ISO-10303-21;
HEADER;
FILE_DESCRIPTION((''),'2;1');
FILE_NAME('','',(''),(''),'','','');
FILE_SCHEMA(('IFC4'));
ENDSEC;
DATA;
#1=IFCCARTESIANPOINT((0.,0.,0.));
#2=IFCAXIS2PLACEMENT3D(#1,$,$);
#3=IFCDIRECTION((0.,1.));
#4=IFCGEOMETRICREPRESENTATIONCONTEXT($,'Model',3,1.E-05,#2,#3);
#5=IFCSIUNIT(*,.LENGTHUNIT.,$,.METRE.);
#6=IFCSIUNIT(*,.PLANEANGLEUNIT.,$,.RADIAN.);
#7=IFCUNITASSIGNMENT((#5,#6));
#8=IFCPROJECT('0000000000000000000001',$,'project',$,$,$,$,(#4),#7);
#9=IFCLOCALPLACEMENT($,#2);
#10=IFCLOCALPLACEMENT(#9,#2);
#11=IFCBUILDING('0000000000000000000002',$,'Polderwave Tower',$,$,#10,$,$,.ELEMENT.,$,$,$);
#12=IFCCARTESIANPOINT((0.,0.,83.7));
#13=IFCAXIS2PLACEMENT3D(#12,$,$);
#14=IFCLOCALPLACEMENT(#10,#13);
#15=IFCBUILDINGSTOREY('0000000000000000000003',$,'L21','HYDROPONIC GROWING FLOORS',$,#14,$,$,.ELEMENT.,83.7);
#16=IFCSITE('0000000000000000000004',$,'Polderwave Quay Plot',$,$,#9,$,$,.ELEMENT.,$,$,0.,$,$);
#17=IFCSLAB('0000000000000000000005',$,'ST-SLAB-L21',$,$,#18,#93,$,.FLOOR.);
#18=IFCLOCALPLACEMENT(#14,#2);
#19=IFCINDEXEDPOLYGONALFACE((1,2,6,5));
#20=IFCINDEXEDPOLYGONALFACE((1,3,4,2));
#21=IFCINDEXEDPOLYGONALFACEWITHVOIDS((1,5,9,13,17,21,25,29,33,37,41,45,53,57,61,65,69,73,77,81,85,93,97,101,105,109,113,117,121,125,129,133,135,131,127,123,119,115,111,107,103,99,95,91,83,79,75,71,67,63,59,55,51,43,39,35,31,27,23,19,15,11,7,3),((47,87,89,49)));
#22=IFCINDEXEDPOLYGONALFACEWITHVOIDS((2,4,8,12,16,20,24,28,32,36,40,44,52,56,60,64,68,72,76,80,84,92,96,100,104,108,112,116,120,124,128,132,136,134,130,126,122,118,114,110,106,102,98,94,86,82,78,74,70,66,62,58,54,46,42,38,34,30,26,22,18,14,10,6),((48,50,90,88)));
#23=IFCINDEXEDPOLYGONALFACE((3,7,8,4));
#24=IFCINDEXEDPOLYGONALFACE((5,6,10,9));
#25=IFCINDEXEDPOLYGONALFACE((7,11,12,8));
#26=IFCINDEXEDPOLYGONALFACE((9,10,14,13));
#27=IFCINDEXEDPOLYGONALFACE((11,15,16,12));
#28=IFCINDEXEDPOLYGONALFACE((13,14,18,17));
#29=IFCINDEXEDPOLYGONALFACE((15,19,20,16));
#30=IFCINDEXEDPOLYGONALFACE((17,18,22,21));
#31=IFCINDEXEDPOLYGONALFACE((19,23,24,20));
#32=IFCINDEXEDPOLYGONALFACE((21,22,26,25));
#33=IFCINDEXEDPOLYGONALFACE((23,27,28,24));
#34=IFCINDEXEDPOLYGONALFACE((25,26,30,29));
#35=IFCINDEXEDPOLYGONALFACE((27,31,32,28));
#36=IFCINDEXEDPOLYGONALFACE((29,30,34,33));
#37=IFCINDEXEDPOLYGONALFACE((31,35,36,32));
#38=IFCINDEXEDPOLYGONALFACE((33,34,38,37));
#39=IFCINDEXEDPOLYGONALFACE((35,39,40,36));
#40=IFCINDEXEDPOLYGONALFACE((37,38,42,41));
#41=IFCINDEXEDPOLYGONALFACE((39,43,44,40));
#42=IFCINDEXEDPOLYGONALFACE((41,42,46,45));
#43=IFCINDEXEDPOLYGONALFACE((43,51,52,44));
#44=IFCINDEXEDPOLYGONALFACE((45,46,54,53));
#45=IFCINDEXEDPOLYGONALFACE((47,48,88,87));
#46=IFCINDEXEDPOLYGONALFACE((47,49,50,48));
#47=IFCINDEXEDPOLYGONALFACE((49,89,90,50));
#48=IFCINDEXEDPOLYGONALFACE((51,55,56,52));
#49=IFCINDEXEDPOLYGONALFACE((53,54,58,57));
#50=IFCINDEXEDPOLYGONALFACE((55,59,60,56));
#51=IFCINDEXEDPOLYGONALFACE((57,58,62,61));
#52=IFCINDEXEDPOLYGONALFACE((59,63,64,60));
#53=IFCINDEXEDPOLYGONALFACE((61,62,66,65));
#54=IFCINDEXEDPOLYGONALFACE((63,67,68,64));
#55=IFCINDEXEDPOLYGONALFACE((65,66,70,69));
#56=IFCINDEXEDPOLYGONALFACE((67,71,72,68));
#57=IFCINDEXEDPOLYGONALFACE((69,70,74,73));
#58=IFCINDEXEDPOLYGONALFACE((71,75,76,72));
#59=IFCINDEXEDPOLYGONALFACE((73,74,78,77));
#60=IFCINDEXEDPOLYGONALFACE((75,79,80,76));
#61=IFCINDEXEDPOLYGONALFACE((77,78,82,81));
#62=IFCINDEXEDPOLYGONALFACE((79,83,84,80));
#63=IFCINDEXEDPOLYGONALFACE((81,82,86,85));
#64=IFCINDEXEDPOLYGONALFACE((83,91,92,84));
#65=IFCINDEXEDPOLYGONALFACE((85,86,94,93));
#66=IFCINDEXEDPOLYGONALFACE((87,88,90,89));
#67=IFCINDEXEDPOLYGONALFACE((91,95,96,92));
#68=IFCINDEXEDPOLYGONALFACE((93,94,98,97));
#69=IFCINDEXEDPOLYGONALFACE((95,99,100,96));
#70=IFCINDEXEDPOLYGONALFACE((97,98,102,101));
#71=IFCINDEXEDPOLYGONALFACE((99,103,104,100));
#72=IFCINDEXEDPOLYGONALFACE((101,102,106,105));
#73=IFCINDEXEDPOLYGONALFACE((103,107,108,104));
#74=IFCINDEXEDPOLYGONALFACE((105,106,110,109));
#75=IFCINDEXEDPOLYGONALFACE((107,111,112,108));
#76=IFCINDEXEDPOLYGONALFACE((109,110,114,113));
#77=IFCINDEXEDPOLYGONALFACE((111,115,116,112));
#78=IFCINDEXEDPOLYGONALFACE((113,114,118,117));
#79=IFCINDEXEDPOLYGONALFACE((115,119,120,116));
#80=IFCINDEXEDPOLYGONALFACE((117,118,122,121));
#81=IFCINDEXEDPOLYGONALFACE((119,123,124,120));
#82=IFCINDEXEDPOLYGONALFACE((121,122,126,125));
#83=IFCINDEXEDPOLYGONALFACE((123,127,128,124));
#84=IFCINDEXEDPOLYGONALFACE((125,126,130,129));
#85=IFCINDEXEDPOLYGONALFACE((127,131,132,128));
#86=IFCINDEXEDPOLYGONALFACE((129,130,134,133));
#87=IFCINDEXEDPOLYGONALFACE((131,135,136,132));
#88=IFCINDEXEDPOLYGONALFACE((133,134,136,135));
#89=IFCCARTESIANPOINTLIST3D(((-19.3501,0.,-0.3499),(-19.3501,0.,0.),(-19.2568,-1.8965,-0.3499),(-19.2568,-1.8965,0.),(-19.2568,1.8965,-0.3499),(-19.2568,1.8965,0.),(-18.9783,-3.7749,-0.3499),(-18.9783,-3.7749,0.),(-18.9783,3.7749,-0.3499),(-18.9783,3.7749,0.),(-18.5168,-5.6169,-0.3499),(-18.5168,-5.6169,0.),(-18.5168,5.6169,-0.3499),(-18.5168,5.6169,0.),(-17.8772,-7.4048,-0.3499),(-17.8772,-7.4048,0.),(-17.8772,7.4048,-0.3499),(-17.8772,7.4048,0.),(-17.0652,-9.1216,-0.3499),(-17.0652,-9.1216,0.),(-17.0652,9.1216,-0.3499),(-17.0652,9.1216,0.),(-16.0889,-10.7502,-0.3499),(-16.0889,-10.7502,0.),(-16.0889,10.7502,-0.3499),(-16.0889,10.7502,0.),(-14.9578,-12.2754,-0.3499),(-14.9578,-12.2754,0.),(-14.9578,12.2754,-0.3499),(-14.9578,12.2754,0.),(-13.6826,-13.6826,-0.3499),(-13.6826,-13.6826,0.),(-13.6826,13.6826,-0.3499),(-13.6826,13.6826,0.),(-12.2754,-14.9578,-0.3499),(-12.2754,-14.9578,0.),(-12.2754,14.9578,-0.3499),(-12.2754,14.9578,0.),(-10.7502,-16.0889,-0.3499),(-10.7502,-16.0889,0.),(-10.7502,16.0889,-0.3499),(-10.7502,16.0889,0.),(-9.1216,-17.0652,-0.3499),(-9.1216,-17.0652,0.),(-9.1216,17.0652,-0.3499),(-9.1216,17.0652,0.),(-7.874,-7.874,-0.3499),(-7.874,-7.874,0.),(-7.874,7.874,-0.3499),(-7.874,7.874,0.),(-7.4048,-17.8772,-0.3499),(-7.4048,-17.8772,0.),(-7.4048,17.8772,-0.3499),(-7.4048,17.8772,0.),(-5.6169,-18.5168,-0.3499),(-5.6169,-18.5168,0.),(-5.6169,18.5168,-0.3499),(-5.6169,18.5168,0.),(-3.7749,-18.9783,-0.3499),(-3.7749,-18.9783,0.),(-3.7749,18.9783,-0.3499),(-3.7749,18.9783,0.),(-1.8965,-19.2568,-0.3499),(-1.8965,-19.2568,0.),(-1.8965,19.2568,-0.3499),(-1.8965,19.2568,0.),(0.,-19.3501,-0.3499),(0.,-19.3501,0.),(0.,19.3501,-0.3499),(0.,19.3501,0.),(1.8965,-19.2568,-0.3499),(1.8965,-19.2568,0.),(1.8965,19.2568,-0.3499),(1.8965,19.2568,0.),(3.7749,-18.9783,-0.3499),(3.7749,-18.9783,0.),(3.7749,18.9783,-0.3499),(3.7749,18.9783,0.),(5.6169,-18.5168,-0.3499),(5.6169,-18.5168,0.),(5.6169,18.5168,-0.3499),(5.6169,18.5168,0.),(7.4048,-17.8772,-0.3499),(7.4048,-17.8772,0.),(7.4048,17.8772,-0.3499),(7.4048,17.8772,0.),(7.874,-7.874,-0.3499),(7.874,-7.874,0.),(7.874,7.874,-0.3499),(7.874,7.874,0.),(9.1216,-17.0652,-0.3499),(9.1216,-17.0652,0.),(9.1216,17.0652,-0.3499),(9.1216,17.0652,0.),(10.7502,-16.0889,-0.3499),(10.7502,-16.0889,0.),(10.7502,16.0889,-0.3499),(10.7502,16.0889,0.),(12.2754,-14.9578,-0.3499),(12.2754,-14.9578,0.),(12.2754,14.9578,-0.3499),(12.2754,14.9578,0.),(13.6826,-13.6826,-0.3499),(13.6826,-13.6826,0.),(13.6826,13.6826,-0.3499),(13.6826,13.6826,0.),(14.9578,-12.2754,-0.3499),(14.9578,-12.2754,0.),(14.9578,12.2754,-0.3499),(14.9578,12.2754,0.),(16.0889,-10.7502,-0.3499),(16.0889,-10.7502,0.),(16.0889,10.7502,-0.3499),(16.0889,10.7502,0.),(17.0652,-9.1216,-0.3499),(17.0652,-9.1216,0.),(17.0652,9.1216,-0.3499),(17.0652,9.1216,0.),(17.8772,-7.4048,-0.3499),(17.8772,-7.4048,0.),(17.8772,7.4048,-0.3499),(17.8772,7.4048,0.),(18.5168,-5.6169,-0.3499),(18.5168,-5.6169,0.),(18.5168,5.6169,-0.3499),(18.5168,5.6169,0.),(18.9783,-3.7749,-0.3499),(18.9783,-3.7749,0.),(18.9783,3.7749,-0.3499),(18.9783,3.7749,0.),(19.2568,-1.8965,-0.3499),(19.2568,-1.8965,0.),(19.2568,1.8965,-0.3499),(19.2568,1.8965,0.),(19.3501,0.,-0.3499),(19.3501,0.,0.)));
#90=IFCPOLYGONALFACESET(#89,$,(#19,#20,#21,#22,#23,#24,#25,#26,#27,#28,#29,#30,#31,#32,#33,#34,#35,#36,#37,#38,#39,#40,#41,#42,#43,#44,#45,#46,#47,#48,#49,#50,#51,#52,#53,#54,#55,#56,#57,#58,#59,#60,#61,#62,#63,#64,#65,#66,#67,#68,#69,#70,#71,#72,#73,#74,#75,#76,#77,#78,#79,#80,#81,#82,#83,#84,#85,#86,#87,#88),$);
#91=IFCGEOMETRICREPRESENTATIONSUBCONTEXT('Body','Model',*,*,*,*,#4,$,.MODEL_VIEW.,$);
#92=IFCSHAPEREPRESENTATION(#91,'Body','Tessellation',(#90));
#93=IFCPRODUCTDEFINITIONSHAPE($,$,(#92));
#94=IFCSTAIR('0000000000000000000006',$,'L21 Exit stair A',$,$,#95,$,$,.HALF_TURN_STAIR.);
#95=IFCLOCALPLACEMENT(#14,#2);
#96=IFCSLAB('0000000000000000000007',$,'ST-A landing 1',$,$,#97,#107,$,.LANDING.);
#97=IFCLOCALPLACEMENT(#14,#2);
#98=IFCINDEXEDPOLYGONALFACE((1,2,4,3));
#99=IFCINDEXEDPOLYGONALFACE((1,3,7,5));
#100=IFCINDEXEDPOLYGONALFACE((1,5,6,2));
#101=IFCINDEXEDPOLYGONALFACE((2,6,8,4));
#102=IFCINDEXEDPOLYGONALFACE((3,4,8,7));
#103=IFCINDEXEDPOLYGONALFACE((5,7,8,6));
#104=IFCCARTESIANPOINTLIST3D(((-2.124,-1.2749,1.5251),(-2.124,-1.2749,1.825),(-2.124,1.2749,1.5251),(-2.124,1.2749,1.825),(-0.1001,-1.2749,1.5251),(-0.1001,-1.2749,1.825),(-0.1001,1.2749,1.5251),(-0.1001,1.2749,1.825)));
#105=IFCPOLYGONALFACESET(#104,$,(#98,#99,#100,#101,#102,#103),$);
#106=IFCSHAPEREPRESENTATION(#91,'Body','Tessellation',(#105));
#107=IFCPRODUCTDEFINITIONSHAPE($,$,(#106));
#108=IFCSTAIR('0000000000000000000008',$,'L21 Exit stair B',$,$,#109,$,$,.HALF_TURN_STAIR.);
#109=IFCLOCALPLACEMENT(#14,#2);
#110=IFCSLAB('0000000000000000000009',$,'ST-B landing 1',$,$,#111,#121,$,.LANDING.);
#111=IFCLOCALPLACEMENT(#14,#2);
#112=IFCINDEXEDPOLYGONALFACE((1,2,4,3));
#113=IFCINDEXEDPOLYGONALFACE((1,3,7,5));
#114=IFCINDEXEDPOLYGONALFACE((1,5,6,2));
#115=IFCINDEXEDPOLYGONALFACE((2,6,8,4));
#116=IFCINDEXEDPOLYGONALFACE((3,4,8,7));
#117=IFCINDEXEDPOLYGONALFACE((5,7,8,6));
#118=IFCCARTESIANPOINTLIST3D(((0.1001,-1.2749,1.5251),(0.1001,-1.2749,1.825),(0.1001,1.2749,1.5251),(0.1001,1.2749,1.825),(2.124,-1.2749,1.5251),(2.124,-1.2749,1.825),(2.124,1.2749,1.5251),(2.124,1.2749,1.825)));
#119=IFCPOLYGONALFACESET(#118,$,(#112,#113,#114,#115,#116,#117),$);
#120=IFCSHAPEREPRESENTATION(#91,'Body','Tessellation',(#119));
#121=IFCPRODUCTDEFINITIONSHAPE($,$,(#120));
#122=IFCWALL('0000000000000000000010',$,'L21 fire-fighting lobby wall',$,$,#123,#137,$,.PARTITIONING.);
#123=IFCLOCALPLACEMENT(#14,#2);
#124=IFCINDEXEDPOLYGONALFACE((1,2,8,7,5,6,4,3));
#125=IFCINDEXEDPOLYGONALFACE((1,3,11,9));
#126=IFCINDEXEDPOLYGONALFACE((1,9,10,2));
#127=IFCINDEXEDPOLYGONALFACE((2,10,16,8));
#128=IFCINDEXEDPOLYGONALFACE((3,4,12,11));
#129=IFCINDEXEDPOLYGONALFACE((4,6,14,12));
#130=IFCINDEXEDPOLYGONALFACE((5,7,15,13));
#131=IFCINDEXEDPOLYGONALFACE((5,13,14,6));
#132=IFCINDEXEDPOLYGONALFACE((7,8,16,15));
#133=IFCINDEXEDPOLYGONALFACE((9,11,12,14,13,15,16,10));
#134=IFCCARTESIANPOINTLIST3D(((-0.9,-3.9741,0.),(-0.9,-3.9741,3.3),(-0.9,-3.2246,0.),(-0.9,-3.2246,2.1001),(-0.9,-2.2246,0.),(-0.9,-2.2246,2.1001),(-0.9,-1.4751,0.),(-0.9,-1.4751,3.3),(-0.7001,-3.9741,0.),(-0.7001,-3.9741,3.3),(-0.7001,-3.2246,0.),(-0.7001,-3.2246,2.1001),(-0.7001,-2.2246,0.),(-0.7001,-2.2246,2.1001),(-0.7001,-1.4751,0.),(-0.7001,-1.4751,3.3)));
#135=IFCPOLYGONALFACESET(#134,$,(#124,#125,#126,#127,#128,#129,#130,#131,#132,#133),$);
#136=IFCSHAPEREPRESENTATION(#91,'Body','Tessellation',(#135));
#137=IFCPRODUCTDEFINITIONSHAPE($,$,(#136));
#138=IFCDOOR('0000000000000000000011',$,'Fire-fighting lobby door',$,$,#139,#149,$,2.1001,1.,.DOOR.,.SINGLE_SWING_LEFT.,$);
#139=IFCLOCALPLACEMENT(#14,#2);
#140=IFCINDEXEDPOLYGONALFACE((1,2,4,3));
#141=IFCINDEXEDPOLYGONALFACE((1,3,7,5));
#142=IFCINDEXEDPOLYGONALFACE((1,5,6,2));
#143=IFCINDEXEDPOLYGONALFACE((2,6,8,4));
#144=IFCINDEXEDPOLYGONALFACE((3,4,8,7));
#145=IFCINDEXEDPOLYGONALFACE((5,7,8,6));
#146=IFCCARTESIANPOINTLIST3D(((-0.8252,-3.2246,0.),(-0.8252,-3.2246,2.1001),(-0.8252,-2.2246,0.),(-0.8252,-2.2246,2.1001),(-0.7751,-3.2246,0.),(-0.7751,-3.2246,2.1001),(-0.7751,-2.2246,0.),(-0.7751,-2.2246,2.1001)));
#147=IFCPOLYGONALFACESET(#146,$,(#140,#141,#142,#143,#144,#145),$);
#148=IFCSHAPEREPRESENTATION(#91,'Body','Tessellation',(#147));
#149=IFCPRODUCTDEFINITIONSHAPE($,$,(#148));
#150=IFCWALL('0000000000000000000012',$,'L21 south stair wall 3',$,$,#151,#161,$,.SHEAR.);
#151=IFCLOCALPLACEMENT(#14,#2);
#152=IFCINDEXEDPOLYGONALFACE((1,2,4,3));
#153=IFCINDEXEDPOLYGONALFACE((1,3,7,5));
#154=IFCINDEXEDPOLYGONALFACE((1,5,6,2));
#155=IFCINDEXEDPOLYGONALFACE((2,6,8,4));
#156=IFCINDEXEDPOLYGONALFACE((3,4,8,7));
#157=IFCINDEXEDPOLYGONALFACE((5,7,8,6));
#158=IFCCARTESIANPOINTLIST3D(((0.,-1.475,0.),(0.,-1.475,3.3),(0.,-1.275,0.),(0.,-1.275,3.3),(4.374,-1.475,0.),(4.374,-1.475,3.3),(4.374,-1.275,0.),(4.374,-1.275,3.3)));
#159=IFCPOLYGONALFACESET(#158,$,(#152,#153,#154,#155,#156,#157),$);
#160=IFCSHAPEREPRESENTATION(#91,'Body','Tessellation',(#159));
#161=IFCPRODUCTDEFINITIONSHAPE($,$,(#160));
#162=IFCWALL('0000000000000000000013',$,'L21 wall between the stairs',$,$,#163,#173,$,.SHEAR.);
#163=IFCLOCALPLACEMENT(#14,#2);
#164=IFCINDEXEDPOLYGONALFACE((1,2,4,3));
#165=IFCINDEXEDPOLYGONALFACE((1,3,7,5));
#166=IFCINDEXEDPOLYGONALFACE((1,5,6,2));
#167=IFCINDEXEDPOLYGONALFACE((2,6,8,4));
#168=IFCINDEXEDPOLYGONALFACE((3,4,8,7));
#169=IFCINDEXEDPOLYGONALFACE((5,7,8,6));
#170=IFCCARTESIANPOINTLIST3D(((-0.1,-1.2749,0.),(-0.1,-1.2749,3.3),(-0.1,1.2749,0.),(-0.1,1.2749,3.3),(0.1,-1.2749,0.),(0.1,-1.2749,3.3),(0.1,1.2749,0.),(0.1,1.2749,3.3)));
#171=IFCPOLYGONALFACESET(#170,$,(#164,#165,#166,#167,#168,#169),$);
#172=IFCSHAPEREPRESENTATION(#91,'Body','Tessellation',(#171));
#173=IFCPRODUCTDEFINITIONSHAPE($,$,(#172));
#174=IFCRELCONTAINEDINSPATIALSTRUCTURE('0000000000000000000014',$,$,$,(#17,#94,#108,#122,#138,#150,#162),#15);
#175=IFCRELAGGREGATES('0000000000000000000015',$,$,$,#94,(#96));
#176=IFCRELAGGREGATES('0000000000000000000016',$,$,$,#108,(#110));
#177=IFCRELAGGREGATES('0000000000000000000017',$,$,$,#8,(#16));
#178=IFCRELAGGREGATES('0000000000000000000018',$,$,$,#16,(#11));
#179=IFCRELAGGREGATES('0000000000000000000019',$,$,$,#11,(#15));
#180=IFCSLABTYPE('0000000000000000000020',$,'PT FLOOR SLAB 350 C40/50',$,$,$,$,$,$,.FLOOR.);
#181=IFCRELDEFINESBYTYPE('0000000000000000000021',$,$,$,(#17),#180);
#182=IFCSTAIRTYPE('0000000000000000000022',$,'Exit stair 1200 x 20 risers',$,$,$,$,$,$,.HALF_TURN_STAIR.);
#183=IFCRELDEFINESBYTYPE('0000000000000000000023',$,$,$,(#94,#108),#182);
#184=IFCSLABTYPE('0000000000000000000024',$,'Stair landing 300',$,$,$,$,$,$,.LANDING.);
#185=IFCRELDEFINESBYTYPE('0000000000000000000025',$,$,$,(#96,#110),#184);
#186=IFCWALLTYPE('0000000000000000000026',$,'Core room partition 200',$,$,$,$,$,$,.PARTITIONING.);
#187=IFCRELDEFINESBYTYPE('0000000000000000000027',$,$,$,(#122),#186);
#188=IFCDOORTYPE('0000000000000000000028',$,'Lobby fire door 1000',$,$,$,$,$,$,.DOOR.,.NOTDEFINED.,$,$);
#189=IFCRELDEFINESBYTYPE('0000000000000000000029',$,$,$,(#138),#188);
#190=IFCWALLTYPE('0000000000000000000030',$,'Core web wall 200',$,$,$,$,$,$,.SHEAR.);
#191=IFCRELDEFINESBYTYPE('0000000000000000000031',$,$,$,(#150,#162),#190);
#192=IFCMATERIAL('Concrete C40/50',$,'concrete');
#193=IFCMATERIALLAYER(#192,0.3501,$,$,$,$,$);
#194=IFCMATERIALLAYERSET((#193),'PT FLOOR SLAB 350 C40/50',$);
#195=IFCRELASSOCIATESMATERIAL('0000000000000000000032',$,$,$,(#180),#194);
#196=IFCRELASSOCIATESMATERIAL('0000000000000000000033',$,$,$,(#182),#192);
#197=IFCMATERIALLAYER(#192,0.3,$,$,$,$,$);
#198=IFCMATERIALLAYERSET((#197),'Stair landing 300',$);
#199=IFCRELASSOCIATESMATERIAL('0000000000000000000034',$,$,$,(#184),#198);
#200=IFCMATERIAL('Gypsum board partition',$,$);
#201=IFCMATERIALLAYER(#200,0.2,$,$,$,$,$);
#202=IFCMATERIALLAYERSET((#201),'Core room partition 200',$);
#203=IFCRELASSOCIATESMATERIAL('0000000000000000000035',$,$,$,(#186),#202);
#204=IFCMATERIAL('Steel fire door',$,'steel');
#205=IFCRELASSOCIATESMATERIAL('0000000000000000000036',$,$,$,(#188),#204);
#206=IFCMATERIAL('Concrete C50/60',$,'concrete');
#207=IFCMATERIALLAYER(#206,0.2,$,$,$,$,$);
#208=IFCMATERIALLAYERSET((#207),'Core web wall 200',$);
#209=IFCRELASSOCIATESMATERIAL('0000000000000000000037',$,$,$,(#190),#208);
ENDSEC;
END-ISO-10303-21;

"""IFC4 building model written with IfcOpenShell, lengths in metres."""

from ifc_helpers import new_model, si_unit, direction, frame, frame_2d, origin, place, context, subcontext, project, spatial, polyline, rectangle, outline, extrude, material, layer, layer_set, type_object, element, fill, aggregate, save


model = new_model("IFC4")

# Units and contexts
model_context = context("Model", 3, precision=1e-05, world=origin(), true_north=direction((0.0, 1.0)))
body_context = subcontext(model_context, "Body", "Model", "MODEL_VIEW")
ifc_project = project(units=[si_unit("LENGTHUNIT", "METRE"), si_unit("PLANEANGLEUNIT", "RADIAN")], contexts=[model_context])

# Site, building, storey
site_placement = place(None, origin())
site = spatial("IfcSite", under=ifc_project, at=site_placement, Name="Polderwave Quay Plot", CompositionType="ELEMENT", RefElevation=0.0)
building_placement = place(site_placement, origin())
building = spatial("IfcBuilding", under=site, at=building_placement, Name="Polderwave Tower", CompositionType="ELEMENT")
storey_placement = place(building_placement, frame((0.0, 0.0, 83.7)))
storey = spatial("IfcBuildingStorey", under=building, at=storey_placement, Name="L21", Description="HYDROPONIC GROWING FLOORS", CompositionType="ELEMENT", Elevation=83.7)

# Slab
ifc_material_1 = material(Name="Concrete C40/50", Category="concrete")
ifc_layer_1 = layer(ifc_material_1, 0.3501)
ifc_layer_set_1 = layer_set([ifc_layer_1], Name="PT FLOOR SLAB 350 C40/50")
slab_type_1 = type_object("IfcSlabType", Name="PT FLOOR SLAB 350 C40/50", PredefinedType="FLOOR", material=ifc_layer_set_1)
slab_1_placement = place(storey_placement, frame((0.0, 0.0, -0.3499)))
element("IfcSlab", 1, at=slab_1_placement, inside=storey, type_object=slab_type_1, Name="ST-SLAB-L21", PredefinedType="FLOOR", context=body_context, shape_type="SweptSolid", body=[
    extrude(outline(polyline([(19.3501, 0.0), (19.2568, 1.8965), (18.9783, 3.7749), (18.5168, 5.6169), (17.8772, 7.4048), (17.0652, 9.1216), (16.0889, 10.7502), (14.9578, 12.2754), (13.6826, 13.6826), (12.2754, 14.9578), (10.7502, 16.0889), (9.1216, 17.0652), (7.4048, 17.8772), (5.6169, 18.5168), (3.7749, 18.9783), (1.8965, 19.2568), (0.0, 19.3501), (-1.8965, 19.2568), (-3.7749, 18.9783), (-5.6169, 18.5168), (-7.4048, 17.8772), (-9.1216, 17.0652), (-10.7502, 16.0889), (-12.2754, 14.9578), (-13.6826, 13.6826), (-14.9578, 12.2754), (-16.0889, 10.7502), (-17.0652, 9.1216), (-17.8772, 7.4048), (-18.5168, 5.6169), (-18.9783, 3.7749), (-19.2568, 1.8965), (-19.3501, 0.0), (-19.2568, -1.8965), (-18.9783, -3.7749), (-18.5168, -5.6169), (-17.8772, -7.4048), (-17.0652, -9.1216), (-16.0889, -10.7502), (-14.9578, -12.2754), (-13.6826, -13.6826), (-12.2754, -14.9578), (-10.7502, -16.0889), (-9.1216, -17.0652), (-7.4048, -17.8772), (-5.6169, -18.5168), (-3.7749, -18.9783), (-1.8965, -19.2568), (0.0, -19.3501), (1.8965, -19.2568), (3.7749, -18.9783), (5.6169, -18.5168), (7.4048, -17.8772), (9.1216, -17.0652), (10.7502, -16.0889), (12.2754, -14.9578), (13.6826, -13.6826), (14.9578, -12.2754), (16.0889, -10.7502), (17.0652, -9.1216), (17.8772, -7.4048), (18.5168, -5.6169), (18.9783, -3.7749), (19.2568, -1.8965), (19.3501, 0.0)]), holes=[polyline([(-7.874, -7.874), (7.874, -7.874), (7.874, 7.874), (-7.874, 7.874), (-7.874, -7.874)])]), origin(), (0.0, 0.0, 1.0), 0.3499),
])

# Stairs, slabs
stair_type = type_object("IfcStairType", Name="Exit stair 1200 x 20 risers", PredefinedType="HALF_TURN_STAIR", material=ifc_material_1)
stair_1_placement = place(storey_placement, origin())
stair_1 = element("IfcStair", 2, at=stair_1_placement, inside=storey, type_object=stair_type, Name="L21 Exit stair A", PredefinedType="HALF_TURN_STAIR")
ifc_layer_2 = layer(ifc_material_1, 0.3)
ifc_layer_set_2 = layer_set([ifc_layer_2], Name="Stair landing 300")
slab_type_2 = type_object("IfcSlabType", Name="Stair landing 300", PredefinedType="LANDING", material=ifc_layer_set_2)
slab_2_placement = place(storey_placement, frame((0.0, 0.0, 1.5251)))
slab_2 = element("IfcSlab", 3, at=slab_2_placement, type_object=slab_type_2, Name="ST-A landing 1", PredefinedType="LANDING", context=body_context, shape_type="SweptSolid", body=[
    extrude(outline(polyline([(-2.124, -1.2749), (-0.1001, -1.2749), (-0.1001, 1.2749), (-2.124, 1.2749), (-2.124, -1.2749)])), origin(), (0.0, 0.0, 1.0), 0.2998),
])
aggregate(stair_1, [slab_2])
stair_2_placement = place(storey_placement, origin())
stair_2 = element("IfcStair", 4, at=stair_2_placement, inside=storey, type_object=stair_type, Name="L21 Exit stair B", PredefinedType="HALF_TURN_STAIR")
slab_3_placement = place(storey_placement, frame((0.0, 0.0, 1.5251)))
slab_3 = element("IfcSlab", 5, at=slab_3_placement, type_object=slab_type_2, Name="ST-B landing 1", PredefinedType="LANDING", context=body_context, shape_type="SweptSolid", body=[
    extrude(outline(polyline([(2.124, 1.2749), (0.1001, 1.2749), (0.1001, -1.2749), (2.124, -1.2749), (2.124, 1.2749)])), origin(), (0.0, 0.0, 1.0), 0.2998),
])
aggregate(stair_2, [slab_3])

# Wall, opening, door
ifc_material_2 = material(Name="Gypsum board partition")
ifc_layer_3 = layer(ifc_material_2, 0.2)
ifc_layer_set_3 = layer_set([ifc_layer_3], Name="Core room partition 200")
wall_type_1 = type_object("IfcWallType", Name="Core room partition 200", PredefinedType="PARTITIONING", material=ifc_layer_set_3)
wall_1_placement = place(storey_placement, frame((-0.8, -3.9741, 0.0), z_axis=(0.0, 0.0, 1.0), x_axis=(0.0, 1.0, 0.0)))
wall_1 = element("IfcWall", 6, at=wall_1_placement, inside=storey, type_object=wall_type_1, Name="L21 fire-fighting lobby wall", PredefinedType="PARTITIONING", context=body_context, shape_type="SweptSolid", body=[
    extrude(rectangle(XDim=2.499, YDim=0.2, at=frame_2d((1.2495, 0.0))), origin(), (0.0, 0.0, 1.0), 3.3),
])
opening_placement = place(wall_1_placement, frame((0.7495, 0.0, 0.0)))
opening = element("IfcOpeningElement", 7, at=opening_placement, cuts=wall_1, PredefinedType="OPENING", context=body_context, shape_type="SweptSolid", body=[
    extrude(rectangle(XDim=1.0, YDim=2.1001, at=frame_2d((0.5, 1.05))), frame((0.0, 0.1099, 0.0), z_axis=(0.0, -1.0, 0.0), x_axis=(1.0, 0.0, 0.0)), (0.0, 0.0, 1.0), 0.22),
])
ifc_material_3 = material(Name="Steel fire door", Category="steel")
door_type = type_object("IfcDoorType", Name="Lobby fire door 1000", OperationType="NOTDEFINED", PredefinedType="DOOR", material=ifc_material_3)
door_placement = place(opening_placement, frame((1.0, 0.0, 0.0), z_axis=(0.0, 0.0, 1.0), x_axis=(-1.0, 0.0, 0.0)))
door = element("IfcDoor", 8, at=door_placement, inside=storey, type_object=door_type, Name="Fire-fighting lobby door", OperationType="SINGLE_SWING_LEFT", OverallHeight=2.1001, OverallWidth=1.0, PredefinedType="DOOR", context=body_context, shape_type="SweptSolid", body=[
    extrude(rectangle(XDim=1.0, YDim=2.1001, at=frame_2d((0.5, 1.05))), frame((0.0, 0.0249, 0.0), z_axis=(0.0, -1.0, 0.0), x_axis=(1.0, 0.0, 0.0)), (0.0, 0.0, 1.0), 0.05),
])
fill(opening, door)

# Walls
ifc_material_4 = material(Name="Concrete C50/60", Category="concrete")
ifc_layer_4 = layer(ifc_material_4, 0.2)
ifc_layer_set_4 = layer_set([ifc_layer_4], Name="Core web wall 200")
wall_type_2 = type_object("IfcWallType", Name="Core web wall 200", PredefinedType="SHEAR", material=ifc_layer_set_4)
wall_2_placement = place(storey_placement, frame((0.0, -1.375, 0.0), z_axis=(0.0, 0.0, 1.0), x_axis=(1.0, 0.0, 0.0)))
element("IfcWall", 9, at=wall_2_placement, inside=storey, type_object=wall_type_2, Name="L21 south stair wall 3", PredefinedType="SHEAR", context=body_context, shape_type="SweptSolid", body=[
    extrude(rectangle(XDim=4.374, YDim=0.2, at=frame_2d((2.187, 0.0))), origin(), (0.0, 0.0, 1.0), 3.3),
])
wall_3_placement = place(storey_placement, frame((0.0, -1.2749, 0.0), z_axis=(0.0, 0.0, 1.0), x_axis=(0.0, 1.0, 0.0)))
element("IfcWall", 10, at=wall_3_placement, inside=storey, type_object=wall_type_2, Name="L21 wall between the stairs", PredefinedType="SHEAR", context=body_context, shape_type="SweptSolid", body=[
    extrude(rectangle(XDim=2.5498, YDim=0.2, at=frame_2d((1.2749, 0.0))), origin(), (0.0, 0.0, 1.0), 3.3),
])

save(model, "model.ifc")
